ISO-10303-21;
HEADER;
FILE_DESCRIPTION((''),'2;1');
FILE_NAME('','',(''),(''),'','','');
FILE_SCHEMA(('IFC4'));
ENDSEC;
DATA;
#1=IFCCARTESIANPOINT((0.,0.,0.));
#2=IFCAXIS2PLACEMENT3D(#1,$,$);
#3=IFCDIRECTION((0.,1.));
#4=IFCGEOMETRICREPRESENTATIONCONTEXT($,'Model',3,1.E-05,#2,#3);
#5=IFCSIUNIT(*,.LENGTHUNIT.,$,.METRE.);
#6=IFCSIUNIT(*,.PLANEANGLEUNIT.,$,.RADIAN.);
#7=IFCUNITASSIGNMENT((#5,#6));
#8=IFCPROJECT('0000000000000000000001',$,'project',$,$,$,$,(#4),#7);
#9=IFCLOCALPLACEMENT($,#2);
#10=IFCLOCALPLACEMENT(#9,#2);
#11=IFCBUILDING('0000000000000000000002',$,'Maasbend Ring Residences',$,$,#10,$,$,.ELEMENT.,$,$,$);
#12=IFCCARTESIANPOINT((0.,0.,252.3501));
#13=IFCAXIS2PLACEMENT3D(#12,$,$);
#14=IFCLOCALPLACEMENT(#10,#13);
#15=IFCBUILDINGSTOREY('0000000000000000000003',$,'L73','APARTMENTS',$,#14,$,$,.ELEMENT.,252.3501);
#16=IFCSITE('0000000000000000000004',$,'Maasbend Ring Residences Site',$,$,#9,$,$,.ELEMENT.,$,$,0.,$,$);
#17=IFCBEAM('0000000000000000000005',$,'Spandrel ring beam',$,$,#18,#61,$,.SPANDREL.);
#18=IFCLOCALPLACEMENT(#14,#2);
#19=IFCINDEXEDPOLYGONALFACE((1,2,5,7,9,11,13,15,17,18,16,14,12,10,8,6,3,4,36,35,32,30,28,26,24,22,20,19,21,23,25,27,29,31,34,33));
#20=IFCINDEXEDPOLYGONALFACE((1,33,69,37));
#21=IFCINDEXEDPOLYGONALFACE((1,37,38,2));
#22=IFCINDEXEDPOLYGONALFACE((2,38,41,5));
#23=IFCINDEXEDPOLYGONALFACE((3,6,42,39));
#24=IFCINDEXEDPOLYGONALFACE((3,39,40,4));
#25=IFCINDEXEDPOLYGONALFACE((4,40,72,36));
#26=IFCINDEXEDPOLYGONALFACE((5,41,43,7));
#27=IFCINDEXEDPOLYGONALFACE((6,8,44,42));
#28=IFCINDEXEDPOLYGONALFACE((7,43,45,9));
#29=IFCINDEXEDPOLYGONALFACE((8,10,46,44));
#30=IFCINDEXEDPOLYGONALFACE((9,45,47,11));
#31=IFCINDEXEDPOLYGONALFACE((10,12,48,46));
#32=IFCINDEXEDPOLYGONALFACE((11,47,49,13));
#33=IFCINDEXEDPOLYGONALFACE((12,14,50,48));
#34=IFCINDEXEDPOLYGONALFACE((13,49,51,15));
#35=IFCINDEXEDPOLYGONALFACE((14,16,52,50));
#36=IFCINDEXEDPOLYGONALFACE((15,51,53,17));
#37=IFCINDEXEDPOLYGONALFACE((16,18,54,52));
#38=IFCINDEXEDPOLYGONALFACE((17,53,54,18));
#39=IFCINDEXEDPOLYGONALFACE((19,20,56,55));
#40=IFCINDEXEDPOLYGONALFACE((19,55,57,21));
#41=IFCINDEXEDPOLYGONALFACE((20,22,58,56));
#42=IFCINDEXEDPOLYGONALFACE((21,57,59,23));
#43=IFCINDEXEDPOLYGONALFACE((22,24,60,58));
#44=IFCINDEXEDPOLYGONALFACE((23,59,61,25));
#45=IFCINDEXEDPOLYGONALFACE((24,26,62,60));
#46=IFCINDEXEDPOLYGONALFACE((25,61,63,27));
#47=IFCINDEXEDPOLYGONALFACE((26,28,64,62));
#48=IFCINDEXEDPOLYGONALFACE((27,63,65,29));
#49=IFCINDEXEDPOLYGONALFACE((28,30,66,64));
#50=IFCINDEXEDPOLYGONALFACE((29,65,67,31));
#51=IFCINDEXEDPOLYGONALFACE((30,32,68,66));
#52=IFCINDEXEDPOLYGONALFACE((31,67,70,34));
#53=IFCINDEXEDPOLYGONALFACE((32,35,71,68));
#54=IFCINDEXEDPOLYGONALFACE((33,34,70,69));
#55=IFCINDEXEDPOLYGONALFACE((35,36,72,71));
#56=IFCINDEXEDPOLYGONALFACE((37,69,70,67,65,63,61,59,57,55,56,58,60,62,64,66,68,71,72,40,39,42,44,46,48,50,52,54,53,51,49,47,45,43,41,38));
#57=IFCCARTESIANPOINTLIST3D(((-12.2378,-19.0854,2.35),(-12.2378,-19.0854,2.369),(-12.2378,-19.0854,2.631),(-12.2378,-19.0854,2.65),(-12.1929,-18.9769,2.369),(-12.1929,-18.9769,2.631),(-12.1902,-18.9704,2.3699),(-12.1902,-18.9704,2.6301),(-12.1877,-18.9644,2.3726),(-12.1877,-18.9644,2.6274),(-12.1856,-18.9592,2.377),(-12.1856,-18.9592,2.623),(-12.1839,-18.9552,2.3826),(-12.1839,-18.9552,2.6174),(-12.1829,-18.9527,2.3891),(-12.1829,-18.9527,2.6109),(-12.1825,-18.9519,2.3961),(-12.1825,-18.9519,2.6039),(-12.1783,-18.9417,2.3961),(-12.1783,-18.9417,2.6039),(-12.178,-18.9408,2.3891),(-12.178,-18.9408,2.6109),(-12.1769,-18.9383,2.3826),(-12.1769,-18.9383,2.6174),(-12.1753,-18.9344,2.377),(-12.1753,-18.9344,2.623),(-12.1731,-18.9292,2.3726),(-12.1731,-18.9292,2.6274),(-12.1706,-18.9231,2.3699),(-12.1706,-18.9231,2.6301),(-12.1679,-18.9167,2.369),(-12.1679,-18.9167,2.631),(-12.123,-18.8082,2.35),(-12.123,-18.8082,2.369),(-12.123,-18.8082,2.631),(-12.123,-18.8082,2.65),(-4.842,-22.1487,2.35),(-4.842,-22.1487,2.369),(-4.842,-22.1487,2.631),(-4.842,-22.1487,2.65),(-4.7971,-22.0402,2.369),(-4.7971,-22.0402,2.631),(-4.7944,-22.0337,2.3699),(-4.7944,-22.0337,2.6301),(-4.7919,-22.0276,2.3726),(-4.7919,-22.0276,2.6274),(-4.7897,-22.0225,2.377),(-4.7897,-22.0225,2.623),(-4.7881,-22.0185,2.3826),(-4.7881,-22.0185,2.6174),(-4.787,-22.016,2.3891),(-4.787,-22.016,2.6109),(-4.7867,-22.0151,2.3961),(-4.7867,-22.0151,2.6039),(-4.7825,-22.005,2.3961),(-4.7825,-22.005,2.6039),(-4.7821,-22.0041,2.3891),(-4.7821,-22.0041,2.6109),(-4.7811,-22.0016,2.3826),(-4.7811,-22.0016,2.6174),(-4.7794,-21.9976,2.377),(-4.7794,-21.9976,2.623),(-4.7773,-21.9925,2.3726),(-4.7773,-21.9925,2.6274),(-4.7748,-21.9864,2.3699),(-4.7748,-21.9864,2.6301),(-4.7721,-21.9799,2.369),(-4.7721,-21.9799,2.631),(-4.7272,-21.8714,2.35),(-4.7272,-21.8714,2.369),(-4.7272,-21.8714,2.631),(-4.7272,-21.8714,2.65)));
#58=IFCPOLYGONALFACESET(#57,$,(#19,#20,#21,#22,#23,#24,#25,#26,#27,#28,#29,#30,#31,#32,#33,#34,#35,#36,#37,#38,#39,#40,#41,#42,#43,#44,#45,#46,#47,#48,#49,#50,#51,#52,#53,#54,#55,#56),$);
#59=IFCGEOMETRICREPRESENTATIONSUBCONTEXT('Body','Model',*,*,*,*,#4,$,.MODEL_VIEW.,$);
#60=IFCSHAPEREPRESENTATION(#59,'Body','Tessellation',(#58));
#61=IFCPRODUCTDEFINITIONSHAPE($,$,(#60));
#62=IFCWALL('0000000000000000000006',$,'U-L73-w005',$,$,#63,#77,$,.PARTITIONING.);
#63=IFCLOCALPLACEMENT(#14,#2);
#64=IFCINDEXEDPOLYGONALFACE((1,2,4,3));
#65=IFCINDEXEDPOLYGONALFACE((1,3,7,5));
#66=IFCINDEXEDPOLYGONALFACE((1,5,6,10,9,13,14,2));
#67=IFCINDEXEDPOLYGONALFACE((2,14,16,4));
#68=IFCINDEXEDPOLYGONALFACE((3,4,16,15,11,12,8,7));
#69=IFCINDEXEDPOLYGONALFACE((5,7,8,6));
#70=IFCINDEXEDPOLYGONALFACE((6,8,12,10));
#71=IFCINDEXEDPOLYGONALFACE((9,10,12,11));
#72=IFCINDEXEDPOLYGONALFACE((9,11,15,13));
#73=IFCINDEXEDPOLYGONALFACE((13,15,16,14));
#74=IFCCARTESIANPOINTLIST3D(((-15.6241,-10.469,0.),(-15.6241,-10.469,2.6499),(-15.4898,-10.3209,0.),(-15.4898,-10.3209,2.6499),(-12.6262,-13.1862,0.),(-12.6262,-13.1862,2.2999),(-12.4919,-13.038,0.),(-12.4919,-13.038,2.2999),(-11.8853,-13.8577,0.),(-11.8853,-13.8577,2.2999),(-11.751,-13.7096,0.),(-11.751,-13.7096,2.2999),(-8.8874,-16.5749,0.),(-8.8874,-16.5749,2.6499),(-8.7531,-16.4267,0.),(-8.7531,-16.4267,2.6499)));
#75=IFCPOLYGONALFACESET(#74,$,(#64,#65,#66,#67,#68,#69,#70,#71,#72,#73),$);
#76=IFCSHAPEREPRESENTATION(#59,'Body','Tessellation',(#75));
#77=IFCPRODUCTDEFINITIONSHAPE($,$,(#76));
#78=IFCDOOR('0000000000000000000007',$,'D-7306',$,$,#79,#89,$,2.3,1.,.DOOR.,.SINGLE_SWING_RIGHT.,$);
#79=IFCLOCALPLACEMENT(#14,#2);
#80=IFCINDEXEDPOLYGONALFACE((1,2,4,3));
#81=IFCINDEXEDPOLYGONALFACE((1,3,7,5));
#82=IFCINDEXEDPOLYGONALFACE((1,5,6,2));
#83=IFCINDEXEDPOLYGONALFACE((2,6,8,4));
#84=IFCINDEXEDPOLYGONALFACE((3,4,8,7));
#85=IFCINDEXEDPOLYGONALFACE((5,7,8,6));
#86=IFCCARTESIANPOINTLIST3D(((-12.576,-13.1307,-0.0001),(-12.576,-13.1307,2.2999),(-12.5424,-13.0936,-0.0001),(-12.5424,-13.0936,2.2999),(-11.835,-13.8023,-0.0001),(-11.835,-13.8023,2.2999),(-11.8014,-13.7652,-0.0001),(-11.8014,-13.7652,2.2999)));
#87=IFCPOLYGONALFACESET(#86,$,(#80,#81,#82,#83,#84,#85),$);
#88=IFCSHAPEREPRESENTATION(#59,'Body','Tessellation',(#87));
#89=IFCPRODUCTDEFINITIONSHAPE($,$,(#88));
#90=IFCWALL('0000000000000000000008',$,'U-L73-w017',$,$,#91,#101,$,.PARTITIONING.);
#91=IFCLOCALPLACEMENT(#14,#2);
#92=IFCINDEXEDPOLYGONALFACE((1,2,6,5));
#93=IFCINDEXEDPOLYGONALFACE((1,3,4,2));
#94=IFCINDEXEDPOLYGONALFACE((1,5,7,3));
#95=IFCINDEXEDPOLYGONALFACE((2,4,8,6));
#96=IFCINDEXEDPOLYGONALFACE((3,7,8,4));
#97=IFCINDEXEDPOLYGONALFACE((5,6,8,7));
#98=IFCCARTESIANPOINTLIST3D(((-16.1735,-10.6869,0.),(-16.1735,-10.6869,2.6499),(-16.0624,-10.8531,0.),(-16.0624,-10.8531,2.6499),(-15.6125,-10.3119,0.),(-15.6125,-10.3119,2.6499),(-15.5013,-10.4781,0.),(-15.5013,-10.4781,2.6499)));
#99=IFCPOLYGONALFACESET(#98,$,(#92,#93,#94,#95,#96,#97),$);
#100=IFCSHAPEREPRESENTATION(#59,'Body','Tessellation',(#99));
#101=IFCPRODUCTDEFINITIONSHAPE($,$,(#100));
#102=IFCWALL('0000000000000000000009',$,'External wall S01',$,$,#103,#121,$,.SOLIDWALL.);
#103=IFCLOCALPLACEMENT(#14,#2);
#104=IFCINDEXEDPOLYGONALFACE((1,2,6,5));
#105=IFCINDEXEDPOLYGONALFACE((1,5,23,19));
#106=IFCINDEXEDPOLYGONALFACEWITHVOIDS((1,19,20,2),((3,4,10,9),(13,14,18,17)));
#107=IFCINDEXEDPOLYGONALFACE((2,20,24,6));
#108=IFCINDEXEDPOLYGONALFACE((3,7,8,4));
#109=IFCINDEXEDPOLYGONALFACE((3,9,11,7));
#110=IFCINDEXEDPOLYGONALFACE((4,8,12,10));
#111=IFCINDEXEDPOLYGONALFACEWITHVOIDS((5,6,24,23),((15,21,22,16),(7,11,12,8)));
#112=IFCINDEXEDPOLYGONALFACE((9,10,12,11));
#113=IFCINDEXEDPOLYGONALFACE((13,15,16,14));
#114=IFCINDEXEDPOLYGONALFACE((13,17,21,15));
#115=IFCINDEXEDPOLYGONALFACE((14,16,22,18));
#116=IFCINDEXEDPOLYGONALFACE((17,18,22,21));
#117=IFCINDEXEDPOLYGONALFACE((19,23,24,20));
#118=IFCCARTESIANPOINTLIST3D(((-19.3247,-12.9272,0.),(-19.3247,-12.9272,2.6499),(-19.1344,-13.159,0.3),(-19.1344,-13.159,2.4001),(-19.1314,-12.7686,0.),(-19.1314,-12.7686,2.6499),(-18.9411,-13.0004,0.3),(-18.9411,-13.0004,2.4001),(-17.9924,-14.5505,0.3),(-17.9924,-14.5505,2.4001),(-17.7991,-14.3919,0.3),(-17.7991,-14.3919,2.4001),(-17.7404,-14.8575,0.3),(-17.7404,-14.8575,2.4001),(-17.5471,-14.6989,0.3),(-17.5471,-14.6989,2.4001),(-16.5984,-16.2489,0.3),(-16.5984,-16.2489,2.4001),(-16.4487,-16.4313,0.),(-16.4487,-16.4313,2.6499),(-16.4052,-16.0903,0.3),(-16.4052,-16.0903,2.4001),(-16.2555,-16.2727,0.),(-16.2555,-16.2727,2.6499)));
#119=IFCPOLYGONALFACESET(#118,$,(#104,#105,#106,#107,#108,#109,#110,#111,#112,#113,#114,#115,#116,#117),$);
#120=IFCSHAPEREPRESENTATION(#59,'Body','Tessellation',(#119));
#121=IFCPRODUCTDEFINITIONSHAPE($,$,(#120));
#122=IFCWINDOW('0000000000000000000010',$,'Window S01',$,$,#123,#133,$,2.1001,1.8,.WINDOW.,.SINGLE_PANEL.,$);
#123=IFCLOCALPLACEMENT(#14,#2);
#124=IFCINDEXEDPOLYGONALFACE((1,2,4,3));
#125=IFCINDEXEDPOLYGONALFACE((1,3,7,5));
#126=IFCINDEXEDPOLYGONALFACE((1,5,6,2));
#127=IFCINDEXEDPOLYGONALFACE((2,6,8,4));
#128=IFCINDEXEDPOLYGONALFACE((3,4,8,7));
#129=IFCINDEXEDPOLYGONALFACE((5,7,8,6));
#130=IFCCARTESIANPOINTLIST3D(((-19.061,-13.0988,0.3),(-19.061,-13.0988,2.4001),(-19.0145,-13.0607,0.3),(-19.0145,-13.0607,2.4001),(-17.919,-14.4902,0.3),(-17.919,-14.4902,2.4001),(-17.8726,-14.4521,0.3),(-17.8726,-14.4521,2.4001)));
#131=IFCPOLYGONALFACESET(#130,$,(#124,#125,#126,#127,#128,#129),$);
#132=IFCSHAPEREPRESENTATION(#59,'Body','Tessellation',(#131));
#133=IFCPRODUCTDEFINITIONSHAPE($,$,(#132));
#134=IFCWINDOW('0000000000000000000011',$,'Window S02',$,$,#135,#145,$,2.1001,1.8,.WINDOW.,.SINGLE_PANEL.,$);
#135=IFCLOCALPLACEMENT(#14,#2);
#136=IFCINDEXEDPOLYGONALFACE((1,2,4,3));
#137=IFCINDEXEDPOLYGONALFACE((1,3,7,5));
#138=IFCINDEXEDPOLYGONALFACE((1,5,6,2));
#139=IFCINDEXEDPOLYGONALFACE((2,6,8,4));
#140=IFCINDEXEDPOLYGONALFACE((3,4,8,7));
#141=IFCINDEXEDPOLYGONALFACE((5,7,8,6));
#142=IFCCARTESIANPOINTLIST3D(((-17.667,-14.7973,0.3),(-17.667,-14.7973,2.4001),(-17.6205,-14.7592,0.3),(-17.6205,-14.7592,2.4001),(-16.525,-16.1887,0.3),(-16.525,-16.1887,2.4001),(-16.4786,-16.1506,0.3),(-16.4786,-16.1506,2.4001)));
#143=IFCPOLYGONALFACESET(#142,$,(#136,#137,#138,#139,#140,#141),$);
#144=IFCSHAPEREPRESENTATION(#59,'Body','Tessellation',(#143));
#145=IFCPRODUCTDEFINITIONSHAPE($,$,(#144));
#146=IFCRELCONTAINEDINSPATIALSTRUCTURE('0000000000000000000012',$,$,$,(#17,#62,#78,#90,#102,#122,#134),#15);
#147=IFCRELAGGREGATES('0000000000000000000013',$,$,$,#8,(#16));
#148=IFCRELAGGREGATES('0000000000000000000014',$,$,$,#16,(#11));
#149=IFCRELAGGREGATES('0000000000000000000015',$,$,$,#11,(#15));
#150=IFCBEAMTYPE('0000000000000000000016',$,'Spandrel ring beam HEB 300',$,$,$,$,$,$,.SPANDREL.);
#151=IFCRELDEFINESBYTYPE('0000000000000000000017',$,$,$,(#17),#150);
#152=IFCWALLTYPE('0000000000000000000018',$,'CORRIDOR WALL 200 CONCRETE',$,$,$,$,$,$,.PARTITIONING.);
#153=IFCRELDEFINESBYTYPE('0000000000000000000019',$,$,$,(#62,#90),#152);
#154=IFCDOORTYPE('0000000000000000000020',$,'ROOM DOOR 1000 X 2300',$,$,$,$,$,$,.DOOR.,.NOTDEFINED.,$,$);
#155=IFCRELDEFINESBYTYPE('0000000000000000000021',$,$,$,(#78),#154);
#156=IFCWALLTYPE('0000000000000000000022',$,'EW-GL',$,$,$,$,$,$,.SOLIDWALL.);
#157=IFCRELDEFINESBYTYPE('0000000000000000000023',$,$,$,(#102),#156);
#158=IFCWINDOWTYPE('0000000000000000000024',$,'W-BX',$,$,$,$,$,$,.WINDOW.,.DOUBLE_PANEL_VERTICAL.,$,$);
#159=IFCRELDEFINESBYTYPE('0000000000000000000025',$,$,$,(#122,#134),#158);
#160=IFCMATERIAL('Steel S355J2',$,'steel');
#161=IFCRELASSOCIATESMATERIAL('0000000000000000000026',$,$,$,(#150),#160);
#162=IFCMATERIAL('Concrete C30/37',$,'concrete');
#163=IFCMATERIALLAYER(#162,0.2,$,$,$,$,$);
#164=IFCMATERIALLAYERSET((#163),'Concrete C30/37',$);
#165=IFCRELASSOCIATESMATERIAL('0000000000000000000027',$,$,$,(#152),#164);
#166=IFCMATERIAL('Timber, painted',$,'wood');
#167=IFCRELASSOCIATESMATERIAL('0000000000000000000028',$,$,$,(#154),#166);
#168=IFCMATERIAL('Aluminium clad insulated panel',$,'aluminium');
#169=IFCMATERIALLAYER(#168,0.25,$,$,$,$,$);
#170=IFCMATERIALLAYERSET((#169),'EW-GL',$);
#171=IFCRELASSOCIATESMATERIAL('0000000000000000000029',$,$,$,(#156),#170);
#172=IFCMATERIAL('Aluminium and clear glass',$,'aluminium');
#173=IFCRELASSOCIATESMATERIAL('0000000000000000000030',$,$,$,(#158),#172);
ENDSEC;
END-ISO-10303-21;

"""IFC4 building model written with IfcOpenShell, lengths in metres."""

from ifc_helpers import new_model, si_unit, direction, frame, frame_2d, origin, origin_2d, place, context, subcontext, project, spatial, rectangle, i_section, extrude, material, layer, layer_set, material_profile, profile_set, type_object, element, fill, save


model = new_model("IFC4")

# Units and contexts
model_context = context("Model", 3, precision=1e-05, world=origin(), true_north=direction((0.0, 1.0)))
body_context = subcontext(model_context, "Body", "Model", "MODEL_VIEW")
ifc_project = project(units=[si_unit("LENGTHUNIT", "METRE"), si_unit("PLANEANGLEUNIT", "RADIAN")], contexts=[model_context])

# Site, building, storey
site_placement = place(None, origin())
site = spatial("IfcSite", under=ifc_project, at=site_placement, Name="Maasbend Ring Residences Site", CompositionType="ELEMENT", RefElevation=0.0)
building_placement = place(site_placement, origin())
building = spatial("IfcBuilding", under=site, at=building_placement, Name="Maasbend Ring Residences", CompositionType="ELEMENT")
storey_placement = place(building_placement, frame((0.0, 0.0, 252.3501)))
storey = spatial("IfcBuildingStorey", under=building, at=storey_placement, Name="L73", Description="APARTMENTS", CompositionType="ELEMENT", Elevation=252.3501)

# Beam
ifc_material_1 = material(Name="Steel S355J2", Category="steel")
ifc_material_profile_1 = material_profile(ifc_material_1, i_section(OverallWidth=0.3, OverallDepth=0.3, WebThickness=0.011, FlangeThickness=0.019, FilletRadius=0.0271, at=origin_2d()), Name="HEB 300")
ifc_profile_set_1 = profile_set([ifc_material_profile_1], Name="Steel S355J2")
beam_type_1 = type_object("IfcBeamType", Name="Spandrel ring beam HEB 300", PredefinedType="SPANDREL", material=ifc_profile_set_1)
beam_1_placement = place(storey_placement, frame((-12.1804, -18.9468, 2.5), z_axis=(0.923888, -0.382663, 0.0), x_axis=(0.382663, 0.923888, 0.0)))
element("IfcBeam", 1, at=beam_1_placement, inside=storey, type_object=beam_type_1, Name="Spandrel ring beam", PredefinedType="SPANDREL", context=body_context, shape_type="SweptSolid", body=[
    extrude(i_section(OverallWidth=0.3, OverallDepth=0.3, WebThickness=0.011, FlangeThickness=0.019, FilletRadius=0.0271, at=origin_2d()), origin(), (0.0, 0.0, 1.0), 8.0051),
])

# Wall, opening, door
ifc_material_2 = material(Name="Concrete C30/37", Category="concrete")
ifc_layer_1 = layer(ifc_material_2, 0.2)
ifc_layer_set_1 = layer_set([ifc_layer_1], Name="Concrete C30/37")
wall_type_1 = type_object("IfcWallType", Name="CORRIDOR WALL 200 CONCRETE", PredefinedType="PARTITIONING", material=ifc_layer_set_1)
wall_1_placement = place(storey_placement, frame((-15.5569, -10.395, 0.0), z_axis=(0.0, 0.0, 1.0), x_axis=(0.740948, -0.671563, 0.0)))
wall_1 = element("IfcWall", 2, at=wall_1_placement, inside=storey, type_object=wall_type_1, Name="U-L73-w005", PredefinedType="PARTITIONING", context=body_context, shape_type="SweptSolid", body=[
    extrude(rectangle(XDim=9.092, YDim=0.2, at=frame_2d((4.5459, 0.0))), origin(), (0.0, 0.0, 1.0), 2.6499),
])
opening_1_placement = place(wall_1_placement, frame((4.0459, 0.0, 0.0)))
opening_1 = element("IfcOpeningElement", 3, at=opening_1_placement, cuts=wall_1, PredefinedType="OPENING", context=body_context, shape_type="SweptSolid", body=[
    extrude(rectangle(XDim=1.0, YDim=2.3, at=frame_2d((0.5, 1.1499))), frame((0.0, 0.1099, 0.0), z_axis=(0.0, -1.0, 0.0), x_axis=(1.0, 0.0, 0.0)), (0.0, 0.0, 1.0), 0.22),
])
ifc_material_3 = material(Name="Timber, painted", Category="wood")
door_type = type_object("IfcDoorType", Name="ROOM DOOR 1000 X 2300", OperationType="NOTDEFINED", PredefinedType="DOOR", material=ifc_material_3)
door_placement = place(opening_1_placement, origin())
door = element("IfcDoor", 4, at=door_placement, inside=storey, type_object=door_type, Name="D-7306", OperationType="SINGLE_SWING_RIGHT", OverallHeight=2.3, OverallWidth=1.0, PredefinedType="DOOR", context=body_context, shape_type="SweptSolid", body=[
    extrude(rectangle(XDim=1.0, YDim=2.3, at=frame_2d((0.5, 1.1499))), frame((0.0, 0.0249, 0.0), z_axis=(0.0, -1.0, 0.0), x_axis=(1.0, 0.0, 0.0)), (0.0, 0.0, 1.0), 0.05),
])
fill(opening_1, door)

# Wall
wall_2_placement = place(storey_placement, frame((-16.1179, -10.77, 0.0), z_axis=(0.0, 0.0, 1.0), x_axis=(0.831382, 0.555702, 0.0)))
element("IfcWall", 5, at=wall_2_placement, inside=storey, type_object=wall_type_1, Name="U-L73-w017", PredefinedType="PARTITIONING", context=body_context, shape_type="SweptSolid", body=[
    extrude(rectangle(XDim=0.6748, YDim=0.2, at=frame_2d((0.3374, 0.0))), origin(), (0.0, 0.0, 1.0), 2.6499),
])

# Wall, openings, windows
ifc_material_4 = material(Name="Aluminium clad insulated panel", Category="aluminium")
ifc_layer_2 = layer(ifc_material_4, 0.25)
ifc_layer_set_2 = layer_set([ifc_layer_2], Name="EW-GL")
wall_type_2 = type_object("IfcWallType", Name="EW-GL", PredefinedType="SOLIDWALL", material=ifc_layer_set_2)
wall_3_placement = place(storey_placement, frame((-19.228, -12.8479, 0.0), z_axis=(0.0, 0.0, 1.0), x_axis=(0.634419, -0.772989, 0.0)))
wall_3 = element("IfcWall", 6, at=wall_3_placement, inside=storey, type_object=wall_type_2, Name="External wall S01", PredefinedType="SOLIDWALL", context=body_context, shape_type="SweptSolid", body=[
    extrude(rectangle(XDim=4.5332, YDim=0.25, at=frame_2d((2.2666, 0.0))), origin(), (0.0, 0.0, 1.0), 2.6499),
])
opening_2_placement = place(wall_3_placement, frame((0.3, 0.0, 0.3)))
opening_2 = element("IfcOpeningElement", 7, at=opening_2_placement, cuts=wall_3, PredefinedType="OPENING", context=body_context, shape_type="SweptSolid", body=[
    extrude(rectangle(XDim=1.8, YDim=2.1001, at=frame_2d((0.8999, 1.05))), frame((0.0, 0.135, 0.0), z_axis=(0.0, -1.0, 0.0), x_axis=(1.0, 0.0, 0.0)), (0.0, 0.0, 1.0), 0.27),
])
opening_3_placement = place(wall_3_placement, frame((2.4973, 0.0, 0.3)))
opening_3 = element("IfcOpeningElement", 8, at=opening_3_placement, cuts=wall_3, PredefinedType="OPENING", context=body_context, shape_type="SweptSolid", body=[
    extrude(rectangle(XDim=1.8, YDim=2.1001, at=frame_2d((0.8999, 1.05))), frame((0.0, 0.135, 0.0), z_axis=(0.0, -1.0, 0.0), x_axis=(1.0, 0.0, 0.0)), (0.0, 0.0, 1.0), 0.27),
])
ifc_material_5 = material(Name="Aluminium and clear glass", Category="aluminium")
window_type_1 = type_object("IfcWindowType", Name="W-BX", PartitioningType="DOUBLE_PANEL_VERTICAL", PredefinedType="WINDOW", material=ifc_material_5)
window_1_placement = place(opening_2_placement, origin())
window_1 = element("IfcWindow", 9, at=window_1_placement, inside=storey, type_object=window_type_1, Name="Window S01", OverallHeight=2.1001, OverallWidth=1.8, PartitioningType="SINGLE_PANEL", PredefinedType="WINDOW", context=body_context, shape_type="SweptSolid", body=[
    extrude(rectangle(XDim=1.8, YDim=2.1001, at=frame_2d((0.8999, 1.05))), frame((0.0, 0.03, 0.0), z_axis=(0.0, -1.0, 0.0), x_axis=(1.0, 0.0, 0.0)), (0.0, 0.0, 1.0), 0.0601),
])
fill(opening_2, window_1)
window_2_placement = place(opening_3_placement, origin())
window_2 = element("IfcWindow", 10, at=window_2_placement, inside=storey, type_object=window_type_1, Name="Window S02", OverallHeight=2.1001, OverallWidth=1.8, PartitioningType="SINGLE_PANEL", PredefinedType="WINDOW", context=body_context, shape_type="SweptSolid", body=[
    extrude(rectangle(XDim=1.8, YDim=2.1001, at=frame_2d((0.8999, 1.05))), frame((0.0, 0.03, 0.0), z_axis=(0.0, -1.0, 0.0), x_axis=(1.0, 0.0, 0.0)), (0.0, 0.0, 1.0), 0.0601),
])
fill(opening_3, window_2)

save(model, "model.ifc")
